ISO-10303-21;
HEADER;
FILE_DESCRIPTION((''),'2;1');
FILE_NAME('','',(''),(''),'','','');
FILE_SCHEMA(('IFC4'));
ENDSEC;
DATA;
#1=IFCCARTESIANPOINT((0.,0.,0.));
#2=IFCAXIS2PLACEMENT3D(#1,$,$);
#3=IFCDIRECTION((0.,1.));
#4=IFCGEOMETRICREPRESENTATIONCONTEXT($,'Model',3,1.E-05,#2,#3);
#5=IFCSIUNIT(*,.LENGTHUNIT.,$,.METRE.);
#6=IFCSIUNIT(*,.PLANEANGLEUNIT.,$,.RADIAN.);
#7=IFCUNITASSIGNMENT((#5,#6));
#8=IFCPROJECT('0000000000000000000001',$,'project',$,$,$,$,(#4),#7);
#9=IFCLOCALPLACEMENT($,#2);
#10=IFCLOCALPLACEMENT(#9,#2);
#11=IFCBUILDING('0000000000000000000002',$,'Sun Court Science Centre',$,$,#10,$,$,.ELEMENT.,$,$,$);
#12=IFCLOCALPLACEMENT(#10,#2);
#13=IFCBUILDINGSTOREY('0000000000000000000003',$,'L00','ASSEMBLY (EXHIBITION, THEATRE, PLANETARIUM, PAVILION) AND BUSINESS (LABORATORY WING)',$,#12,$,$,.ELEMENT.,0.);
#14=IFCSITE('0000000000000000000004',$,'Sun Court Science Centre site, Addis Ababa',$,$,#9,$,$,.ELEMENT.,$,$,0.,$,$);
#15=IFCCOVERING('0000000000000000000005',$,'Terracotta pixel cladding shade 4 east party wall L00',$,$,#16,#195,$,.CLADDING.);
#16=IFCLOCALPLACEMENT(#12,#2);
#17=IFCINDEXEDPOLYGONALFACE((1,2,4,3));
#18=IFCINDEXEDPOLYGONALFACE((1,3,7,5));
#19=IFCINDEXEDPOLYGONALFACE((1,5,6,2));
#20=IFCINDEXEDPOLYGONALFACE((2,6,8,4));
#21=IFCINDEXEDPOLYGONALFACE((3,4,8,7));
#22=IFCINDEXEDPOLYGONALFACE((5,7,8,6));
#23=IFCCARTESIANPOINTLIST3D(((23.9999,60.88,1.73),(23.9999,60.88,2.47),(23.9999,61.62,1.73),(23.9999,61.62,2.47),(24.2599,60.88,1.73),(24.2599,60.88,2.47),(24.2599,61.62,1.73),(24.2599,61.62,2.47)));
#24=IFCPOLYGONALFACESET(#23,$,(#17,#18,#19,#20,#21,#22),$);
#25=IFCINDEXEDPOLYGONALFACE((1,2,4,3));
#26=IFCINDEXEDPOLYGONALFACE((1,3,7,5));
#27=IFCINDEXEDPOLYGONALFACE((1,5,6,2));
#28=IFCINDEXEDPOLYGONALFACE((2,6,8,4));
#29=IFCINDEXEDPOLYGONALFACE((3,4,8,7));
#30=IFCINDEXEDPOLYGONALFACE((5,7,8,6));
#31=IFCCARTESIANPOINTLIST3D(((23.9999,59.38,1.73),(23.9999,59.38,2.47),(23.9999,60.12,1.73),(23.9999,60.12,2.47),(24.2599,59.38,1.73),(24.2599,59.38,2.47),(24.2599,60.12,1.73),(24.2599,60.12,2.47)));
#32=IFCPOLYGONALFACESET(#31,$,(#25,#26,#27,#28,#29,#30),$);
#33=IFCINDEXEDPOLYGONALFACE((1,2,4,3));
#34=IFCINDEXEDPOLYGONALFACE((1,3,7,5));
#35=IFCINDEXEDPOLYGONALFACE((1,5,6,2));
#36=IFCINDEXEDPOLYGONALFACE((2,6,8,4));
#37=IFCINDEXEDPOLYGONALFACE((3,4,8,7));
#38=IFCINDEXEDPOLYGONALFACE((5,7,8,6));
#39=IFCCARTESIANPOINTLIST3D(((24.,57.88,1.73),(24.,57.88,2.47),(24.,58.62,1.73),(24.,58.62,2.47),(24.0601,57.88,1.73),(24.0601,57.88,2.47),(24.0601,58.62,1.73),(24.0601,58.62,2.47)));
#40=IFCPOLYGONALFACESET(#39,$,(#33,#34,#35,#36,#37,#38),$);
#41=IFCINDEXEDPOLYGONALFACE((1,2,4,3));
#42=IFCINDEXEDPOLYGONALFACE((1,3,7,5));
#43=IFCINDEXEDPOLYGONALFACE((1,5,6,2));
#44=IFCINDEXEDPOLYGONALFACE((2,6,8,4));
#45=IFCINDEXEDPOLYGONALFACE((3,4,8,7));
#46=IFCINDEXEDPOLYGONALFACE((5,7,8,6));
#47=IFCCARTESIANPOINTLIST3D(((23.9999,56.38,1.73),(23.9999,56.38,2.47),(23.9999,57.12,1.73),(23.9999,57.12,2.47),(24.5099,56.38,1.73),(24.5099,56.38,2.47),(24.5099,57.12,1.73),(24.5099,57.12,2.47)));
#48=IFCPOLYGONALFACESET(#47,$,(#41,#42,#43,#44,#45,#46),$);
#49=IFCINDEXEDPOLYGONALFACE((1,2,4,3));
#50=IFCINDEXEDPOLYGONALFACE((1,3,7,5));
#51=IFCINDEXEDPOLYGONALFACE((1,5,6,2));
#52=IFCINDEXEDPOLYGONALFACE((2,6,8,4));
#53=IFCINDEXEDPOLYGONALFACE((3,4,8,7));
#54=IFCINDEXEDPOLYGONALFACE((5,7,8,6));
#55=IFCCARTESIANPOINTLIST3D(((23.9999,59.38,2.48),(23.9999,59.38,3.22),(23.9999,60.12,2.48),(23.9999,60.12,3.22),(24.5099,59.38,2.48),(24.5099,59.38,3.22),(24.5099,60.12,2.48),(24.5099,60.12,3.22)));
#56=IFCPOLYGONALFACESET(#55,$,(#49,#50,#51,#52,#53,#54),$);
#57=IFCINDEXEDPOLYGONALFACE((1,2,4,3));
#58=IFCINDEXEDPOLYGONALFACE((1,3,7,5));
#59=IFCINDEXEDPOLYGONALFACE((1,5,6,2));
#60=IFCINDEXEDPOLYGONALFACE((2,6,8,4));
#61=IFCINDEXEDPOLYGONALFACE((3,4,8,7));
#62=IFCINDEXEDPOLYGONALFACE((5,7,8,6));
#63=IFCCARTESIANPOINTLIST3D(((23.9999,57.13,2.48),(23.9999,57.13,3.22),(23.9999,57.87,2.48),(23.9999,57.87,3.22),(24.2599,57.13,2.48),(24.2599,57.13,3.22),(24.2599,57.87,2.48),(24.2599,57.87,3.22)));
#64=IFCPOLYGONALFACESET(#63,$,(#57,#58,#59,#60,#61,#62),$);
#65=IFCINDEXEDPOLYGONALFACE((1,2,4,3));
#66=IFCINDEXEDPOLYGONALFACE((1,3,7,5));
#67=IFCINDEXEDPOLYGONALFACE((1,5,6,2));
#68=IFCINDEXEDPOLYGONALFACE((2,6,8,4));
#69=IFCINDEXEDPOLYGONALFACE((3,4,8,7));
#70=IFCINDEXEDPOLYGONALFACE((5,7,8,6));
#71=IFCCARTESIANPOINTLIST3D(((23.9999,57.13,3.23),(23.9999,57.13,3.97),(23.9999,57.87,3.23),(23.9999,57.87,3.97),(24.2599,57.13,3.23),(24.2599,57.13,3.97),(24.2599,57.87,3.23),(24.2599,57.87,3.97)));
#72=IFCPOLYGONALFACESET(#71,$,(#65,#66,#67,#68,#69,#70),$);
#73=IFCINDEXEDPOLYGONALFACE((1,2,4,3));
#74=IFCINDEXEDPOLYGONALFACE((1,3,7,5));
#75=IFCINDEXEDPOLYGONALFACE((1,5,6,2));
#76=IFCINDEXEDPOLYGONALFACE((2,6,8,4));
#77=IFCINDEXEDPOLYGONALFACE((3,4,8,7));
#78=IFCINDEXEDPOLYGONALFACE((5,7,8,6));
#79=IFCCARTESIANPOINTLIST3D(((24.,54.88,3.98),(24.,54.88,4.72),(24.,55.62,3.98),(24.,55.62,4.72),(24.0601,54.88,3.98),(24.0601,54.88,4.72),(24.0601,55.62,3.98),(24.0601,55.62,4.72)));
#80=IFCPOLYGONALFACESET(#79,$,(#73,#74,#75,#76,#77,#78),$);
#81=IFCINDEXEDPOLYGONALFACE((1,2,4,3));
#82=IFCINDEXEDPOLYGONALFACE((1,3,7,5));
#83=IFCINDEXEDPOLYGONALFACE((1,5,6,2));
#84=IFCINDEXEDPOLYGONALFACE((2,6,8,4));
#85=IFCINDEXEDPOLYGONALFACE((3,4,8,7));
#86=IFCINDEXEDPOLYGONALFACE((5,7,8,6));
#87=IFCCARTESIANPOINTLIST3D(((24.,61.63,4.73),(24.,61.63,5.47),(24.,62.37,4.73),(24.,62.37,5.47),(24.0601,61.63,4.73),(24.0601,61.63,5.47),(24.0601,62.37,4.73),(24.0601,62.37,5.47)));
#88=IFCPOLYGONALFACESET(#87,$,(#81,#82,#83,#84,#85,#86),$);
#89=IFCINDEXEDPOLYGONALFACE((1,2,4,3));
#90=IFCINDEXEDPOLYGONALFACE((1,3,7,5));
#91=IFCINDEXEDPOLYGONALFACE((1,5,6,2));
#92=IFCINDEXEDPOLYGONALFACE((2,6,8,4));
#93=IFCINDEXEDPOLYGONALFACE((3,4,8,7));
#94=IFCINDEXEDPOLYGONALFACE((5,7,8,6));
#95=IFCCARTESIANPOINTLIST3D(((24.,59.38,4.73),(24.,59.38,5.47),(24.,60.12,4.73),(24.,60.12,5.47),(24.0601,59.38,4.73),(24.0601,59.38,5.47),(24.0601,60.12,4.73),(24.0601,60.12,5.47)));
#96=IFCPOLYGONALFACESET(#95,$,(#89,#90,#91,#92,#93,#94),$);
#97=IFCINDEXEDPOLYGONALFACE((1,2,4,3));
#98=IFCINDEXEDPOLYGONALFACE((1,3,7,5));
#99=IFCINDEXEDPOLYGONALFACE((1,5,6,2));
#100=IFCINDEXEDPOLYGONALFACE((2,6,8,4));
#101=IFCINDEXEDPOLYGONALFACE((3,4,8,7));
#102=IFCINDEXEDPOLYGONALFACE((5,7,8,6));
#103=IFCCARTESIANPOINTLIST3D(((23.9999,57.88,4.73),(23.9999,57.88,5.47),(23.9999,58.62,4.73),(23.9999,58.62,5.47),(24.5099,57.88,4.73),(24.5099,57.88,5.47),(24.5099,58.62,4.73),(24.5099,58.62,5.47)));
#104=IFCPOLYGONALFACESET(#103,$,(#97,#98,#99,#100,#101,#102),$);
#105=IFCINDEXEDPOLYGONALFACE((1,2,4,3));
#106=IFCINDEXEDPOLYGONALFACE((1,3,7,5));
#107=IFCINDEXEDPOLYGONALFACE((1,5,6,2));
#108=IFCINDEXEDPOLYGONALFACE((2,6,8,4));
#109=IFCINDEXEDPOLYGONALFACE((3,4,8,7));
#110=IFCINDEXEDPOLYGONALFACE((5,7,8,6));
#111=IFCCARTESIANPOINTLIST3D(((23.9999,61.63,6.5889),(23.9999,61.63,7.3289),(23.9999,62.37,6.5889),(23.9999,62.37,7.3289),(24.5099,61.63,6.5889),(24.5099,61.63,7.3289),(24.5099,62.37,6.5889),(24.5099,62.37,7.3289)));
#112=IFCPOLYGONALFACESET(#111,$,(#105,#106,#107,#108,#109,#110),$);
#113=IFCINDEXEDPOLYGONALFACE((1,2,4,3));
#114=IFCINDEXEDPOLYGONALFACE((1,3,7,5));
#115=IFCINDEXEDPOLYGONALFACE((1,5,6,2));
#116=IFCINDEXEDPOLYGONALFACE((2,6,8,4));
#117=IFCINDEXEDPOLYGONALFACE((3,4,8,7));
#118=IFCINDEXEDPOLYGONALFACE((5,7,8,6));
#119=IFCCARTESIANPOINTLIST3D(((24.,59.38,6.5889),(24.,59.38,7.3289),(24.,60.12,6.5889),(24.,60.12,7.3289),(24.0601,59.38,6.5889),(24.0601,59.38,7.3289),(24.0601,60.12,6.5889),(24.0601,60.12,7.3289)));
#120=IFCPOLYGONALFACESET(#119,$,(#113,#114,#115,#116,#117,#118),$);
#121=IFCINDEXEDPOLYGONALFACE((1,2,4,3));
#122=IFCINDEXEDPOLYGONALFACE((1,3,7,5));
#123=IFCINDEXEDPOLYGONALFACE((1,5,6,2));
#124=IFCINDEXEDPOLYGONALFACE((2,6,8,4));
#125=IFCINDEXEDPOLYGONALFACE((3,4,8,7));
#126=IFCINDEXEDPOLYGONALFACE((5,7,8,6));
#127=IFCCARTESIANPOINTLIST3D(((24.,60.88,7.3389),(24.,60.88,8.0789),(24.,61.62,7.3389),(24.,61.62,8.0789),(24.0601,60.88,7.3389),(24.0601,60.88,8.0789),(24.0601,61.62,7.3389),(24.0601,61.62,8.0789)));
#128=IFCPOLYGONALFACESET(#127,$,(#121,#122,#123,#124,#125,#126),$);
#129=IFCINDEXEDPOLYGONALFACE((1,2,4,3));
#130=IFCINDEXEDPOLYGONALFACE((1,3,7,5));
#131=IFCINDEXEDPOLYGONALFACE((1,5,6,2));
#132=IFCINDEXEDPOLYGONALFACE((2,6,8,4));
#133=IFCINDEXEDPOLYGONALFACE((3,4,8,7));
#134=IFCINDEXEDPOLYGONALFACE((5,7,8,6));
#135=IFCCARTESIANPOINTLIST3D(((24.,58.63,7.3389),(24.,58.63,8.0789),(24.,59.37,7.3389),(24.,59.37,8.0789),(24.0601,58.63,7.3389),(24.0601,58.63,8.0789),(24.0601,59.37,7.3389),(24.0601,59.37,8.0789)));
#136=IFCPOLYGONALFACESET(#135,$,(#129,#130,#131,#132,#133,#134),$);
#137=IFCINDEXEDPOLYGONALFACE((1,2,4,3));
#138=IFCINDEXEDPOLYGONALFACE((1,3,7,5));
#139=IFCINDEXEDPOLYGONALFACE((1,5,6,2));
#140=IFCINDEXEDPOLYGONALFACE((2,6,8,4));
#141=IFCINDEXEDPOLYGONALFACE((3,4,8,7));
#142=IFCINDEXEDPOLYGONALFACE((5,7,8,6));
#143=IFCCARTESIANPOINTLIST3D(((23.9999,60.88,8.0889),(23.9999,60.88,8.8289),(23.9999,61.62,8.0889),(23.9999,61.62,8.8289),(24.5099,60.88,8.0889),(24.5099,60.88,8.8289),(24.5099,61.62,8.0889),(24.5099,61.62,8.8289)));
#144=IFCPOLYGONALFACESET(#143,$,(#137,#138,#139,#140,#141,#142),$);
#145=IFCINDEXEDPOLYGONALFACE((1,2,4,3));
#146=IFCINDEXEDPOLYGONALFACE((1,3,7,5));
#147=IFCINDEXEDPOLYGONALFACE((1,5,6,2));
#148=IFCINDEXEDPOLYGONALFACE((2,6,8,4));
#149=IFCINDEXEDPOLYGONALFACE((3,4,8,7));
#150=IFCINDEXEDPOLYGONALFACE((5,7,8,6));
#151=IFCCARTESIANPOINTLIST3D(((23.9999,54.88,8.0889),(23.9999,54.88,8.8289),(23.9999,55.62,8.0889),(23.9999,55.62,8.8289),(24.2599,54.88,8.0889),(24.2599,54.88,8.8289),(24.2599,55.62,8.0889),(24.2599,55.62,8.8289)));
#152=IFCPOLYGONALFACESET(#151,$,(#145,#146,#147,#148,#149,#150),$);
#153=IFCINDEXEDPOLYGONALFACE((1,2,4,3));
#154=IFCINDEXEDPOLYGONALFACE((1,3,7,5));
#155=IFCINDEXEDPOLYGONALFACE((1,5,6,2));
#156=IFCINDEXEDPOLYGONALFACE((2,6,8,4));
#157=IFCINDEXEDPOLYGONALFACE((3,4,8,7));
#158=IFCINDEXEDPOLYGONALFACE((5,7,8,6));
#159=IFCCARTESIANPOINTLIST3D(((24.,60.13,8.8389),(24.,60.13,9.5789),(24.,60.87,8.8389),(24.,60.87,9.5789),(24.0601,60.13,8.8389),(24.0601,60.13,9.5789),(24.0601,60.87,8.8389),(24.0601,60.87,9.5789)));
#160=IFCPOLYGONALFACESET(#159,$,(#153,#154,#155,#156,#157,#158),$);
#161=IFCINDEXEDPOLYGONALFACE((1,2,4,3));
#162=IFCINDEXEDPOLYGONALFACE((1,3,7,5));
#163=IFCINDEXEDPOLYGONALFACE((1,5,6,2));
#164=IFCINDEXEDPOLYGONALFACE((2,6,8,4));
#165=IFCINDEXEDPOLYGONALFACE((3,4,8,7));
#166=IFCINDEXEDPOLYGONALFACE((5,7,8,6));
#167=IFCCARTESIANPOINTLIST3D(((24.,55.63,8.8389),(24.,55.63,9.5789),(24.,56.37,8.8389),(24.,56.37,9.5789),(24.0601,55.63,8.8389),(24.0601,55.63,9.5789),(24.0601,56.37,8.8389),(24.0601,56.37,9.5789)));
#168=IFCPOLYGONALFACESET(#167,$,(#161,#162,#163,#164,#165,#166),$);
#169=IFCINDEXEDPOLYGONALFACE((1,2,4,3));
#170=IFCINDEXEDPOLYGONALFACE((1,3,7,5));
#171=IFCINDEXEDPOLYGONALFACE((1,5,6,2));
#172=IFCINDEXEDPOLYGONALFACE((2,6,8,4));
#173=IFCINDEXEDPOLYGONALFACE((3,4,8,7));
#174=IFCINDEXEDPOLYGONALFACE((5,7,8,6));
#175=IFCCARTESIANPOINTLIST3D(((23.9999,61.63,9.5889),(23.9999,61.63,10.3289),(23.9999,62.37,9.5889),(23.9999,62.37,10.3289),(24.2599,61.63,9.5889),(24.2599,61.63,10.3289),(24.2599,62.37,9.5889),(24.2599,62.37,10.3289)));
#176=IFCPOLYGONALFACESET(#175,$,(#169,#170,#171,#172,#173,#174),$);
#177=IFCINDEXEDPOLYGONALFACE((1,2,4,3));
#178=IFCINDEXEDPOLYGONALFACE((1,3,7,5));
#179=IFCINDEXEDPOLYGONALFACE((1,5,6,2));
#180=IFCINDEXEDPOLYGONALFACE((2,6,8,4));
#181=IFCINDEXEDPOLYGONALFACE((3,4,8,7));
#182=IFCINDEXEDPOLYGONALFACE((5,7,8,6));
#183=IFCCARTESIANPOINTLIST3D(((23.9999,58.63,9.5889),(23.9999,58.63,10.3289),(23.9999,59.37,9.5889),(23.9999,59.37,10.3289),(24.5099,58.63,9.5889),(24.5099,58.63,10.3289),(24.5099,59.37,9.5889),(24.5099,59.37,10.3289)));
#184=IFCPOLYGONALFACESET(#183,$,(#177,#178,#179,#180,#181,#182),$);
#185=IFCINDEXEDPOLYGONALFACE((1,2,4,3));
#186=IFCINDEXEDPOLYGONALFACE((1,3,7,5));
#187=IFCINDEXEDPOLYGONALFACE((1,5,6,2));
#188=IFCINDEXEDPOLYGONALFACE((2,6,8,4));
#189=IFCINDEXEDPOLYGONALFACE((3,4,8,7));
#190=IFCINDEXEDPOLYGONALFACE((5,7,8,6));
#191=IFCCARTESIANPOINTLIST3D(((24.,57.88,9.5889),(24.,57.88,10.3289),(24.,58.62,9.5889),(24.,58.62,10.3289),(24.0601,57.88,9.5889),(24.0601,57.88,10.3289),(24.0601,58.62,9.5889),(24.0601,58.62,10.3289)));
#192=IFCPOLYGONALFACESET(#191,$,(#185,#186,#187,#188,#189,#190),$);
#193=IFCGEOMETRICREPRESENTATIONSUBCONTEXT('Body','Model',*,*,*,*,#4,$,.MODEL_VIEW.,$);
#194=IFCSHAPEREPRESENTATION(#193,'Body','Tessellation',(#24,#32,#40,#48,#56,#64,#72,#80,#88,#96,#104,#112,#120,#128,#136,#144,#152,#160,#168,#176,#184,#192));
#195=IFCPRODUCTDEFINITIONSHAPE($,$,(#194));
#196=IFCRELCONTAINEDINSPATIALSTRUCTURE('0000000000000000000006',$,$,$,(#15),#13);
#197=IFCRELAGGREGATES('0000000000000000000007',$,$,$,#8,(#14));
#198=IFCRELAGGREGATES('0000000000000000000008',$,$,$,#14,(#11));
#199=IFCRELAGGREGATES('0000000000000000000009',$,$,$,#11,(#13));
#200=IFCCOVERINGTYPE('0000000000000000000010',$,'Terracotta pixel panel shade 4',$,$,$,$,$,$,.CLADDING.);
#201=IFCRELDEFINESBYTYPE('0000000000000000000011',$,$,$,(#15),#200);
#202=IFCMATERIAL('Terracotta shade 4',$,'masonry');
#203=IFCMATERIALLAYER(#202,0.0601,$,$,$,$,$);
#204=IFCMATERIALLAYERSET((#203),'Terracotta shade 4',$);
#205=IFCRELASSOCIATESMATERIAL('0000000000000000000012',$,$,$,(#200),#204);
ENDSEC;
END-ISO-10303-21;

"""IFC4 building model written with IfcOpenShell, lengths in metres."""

from ifc_helpers import new_model, si_unit, direction, frame, origin, origin_2d, place, context, subcontext, project, spatial, rectangle, extrude, material, layer, layer_set, type_object, element, save


model = new_model("IFC4")

# Units and contexts
model_context = context("Model", 3, precision=1e-05, world=origin(), true_north=direction((0.0, 1.0)))
body_context = subcontext(model_context, "Body", "Model", "MODEL_VIEW")
ifc_project = project(units=[si_unit("LENGTHUNIT", "METRE"), si_unit("PLANEANGLEUNIT", "RADIAN")], contexts=[model_context])

# Site, building, storey
site_placement = place(None, origin())
site = spatial("IfcSite", under=ifc_project, at=site_placement, Name="Sun Court Science Centre site, Addis Ababa", CompositionType="ELEMENT", RefElevation=0.0)
building_placement = place(site_placement, origin())
building = spatial("IfcBuilding", under=site, at=building_placement, Name="Sun Court Science Centre", CompositionType="ELEMENT")
storey_placement = place(building_placement, origin())
storey = spatial("IfcBuildingStorey", under=building, at=storey_placement, Name="L00", Description="ASSEMBLY (EXHIBITION, THEATRE, PLANETARIUM, PAVILION) AND BUSINESS (LABORATORY WING)", CompositionType="ELEMENT", Elevation=0.0)

# Covering
ifc_material_1 = material(Name="Terracotta shade 4", Category="masonry")
ifc_layer_1 = layer(ifc_material_1, 0.0601)
ifc_layer_set_1 = layer_set([ifc_layer_1], Name="Terracotta shade 4")
covering_type_1 = type_object("IfcCoveringType", Name="Terracotta pixel panel shade 4", PredefinedType="CLADDING", material=ifc_layer_set_1)
covering_1_placement = place(storey_placement, origin())
element("IfcCovering", 1, at=covering_1_placement, inside=storey, type_object=covering_type_1, Name="Terracotta pixel cladding shade 4 east party wall L00", PredefinedType="CLADDING", context=body_context, shape_type="SweptSolid", body=[
    extrude(rectangle(XDim=0.74, YDim=0.26, at=origin_2d()), frame((24.1299, 61.25, 1.73), z_axis=(0.0, 0.0, 1.0), x_axis=(0.0, -1.0, 0.0)), (0.0, 0.0, 1.0), 0.74),
    extrude(rectangle(XDim=0.74, YDim=0.26, at=origin_2d()), frame((24.1299, 59.75, 1.73), z_axis=(0.0, 0.0, 1.0), x_axis=(0.0, -1.0, 0.0)), (0.0, 0.0, 1.0), 0.74),
    extrude(rectangle(XDim=0.74, YDim=0.0601, at=origin_2d()), frame((24.03, 58.25, 1.73), z_axis=(0.0, 0.0, 1.0), x_axis=(0.0, -1.0, 0.0)), (0.0, 0.0, 1.0), 0.74),
    extrude(rectangle(XDim=0.74, YDim=0.51, at=origin_2d()), frame((24.2549, 56.75, 1.73), z_axis=(0.0, 0.0, 1.0), x_axis=(0.0, -1.0, 0.0)), (0.0, 0.0, 1.0), 0.74),
    extrude(rectangle(XDim=0.74, YDim=0.51, at=origin_2d()), frame((24.2549, 59.75, 2.48), z_axis=(0.0, 0.0, 1.0), x_axis=(0.0, -1.0, 0.0)), (0.0, 0.0, 1.0), 0.74),
    extrude(rectangle(XDim=0.74, YDim=0.26, at=origin_2d()), frame((24.1299, 57.5, 2.48), z_axis=(0.0, 0.0, 1.0), x_axis=(0.0, -1.0, 0.0)), (0.0, 0.0, 1.0), 0.74),
    extrude(rectangle(XDim=0.74, YDim=0.26, at=origin_2d()), frame((24.1299, 57.5, 3.23), z_axis=(0.0, 0.0, 1.0), x_axis=(0.0, -1.0, 0.0)), (0.0, 0.0, 1.0), 0.74),
    extrude(rectangle(XDim=0.74, YDim=0.0601, at=origin_2d()), frame((24.03, 55.25, 3.98), z_axis=(0.0, 0.0, 1.0), x_axis=(0.0, -1.0, 0.0)), (0.0, 0.0, 1.0), 0.74),
    extrude(rectangle(XDim=0.74, YDim=0.0601, at=origin_2d()), frame((24.03, 62.0, 4.73), z_axis=(0.0, 0.0, 1.0), x_axis=(0.0, -1.0, 0.0)), (0.0, 0.0, 1.0), 0.74),
    extrude(rectangle(XDim=0.74, YDim=0.0601, at=origin_2d()), frame((24.03, 59.75, 4.73), z_axis=(0.0, 0.0, 1.0), x_axis=(0.0, -1.0, 0.0)), (0.0, 0.0, 1.0), 0.74),
    extrude(rectangle(XDim=0.74, YDim=0.51, at=origin_2d()), frame((24.2549, 58.25, 4.73), z_axis=(0.0, 0.0, 1.0), x_axis=(0.0, -1.0, 0.0)), (0.0, 0.0, 1.0), 0.74),
    extrude(rectangle(XDim=0.74, YDim=0.51, at=origin_2d()), frame((24.2549, 62.0, 6.5889), z_axis=(0.0, 0.0, 1.0), x_axis=(0.0, -1.0, 0.0)), (0.0, 0.0, 1.0), 0.74),
    extrude(rectangle(XDim=0.74, YDim=0.0601, at=origin_2d()), frame((24.03, 59.75, 6.5889), z_axis=(0.0, 0.0, 1.0), x_axis=(0.0, -1.0, 0.0)), (0.0, 0.0, 1.0), 0.74),
    extrude(rectangle(XDim=0.74, YDim=0.0601, at=origin_2d()), frame((24.03, 61.25, 7.3389), z_axis=(0.0, 0.0, 1.0), x_axis=(0.0, -1.0, 0.0)), (0.0, 0.0, 1.0), 0.74),
    extrude(rectangle(XDim=0.74, YDim=0.0601, at=origin_2d()), frame((24.03, 59.0, 7.3389), z_axis=(0.0, 0.0, 1.0), x_axis=(0.0, -1.0, 0.0)), (0.0, 0.0, 1.0), 0.74),
    extrude(rectangle(XDim=0.74, YDim=0.51, at=origin_2d()), frame((24.2549, 61.25, 8.0889), z_axis=(0.0, 0.0, 1.0), x_axis=(0.0, -1.0, 0.0)), (0.0, 0.0, 1.0), 0.74),
    extrude(rectangle(XDim=0.74, YDim=0.26, at=origin_2d()), frame((24.1299, 55.25, 8.0889), z_axis=(0.0, 0.0, 1.0), x_axis=(0.0, -1.0, 0.0)), (0.0, 0.0, 1.0), 0.74),
    extrude(rectangle(XDim=0.74, YDim=0.0601, at=origin_2d()), frame((24.03, 60.5, 8.8389), z_axis=(0.0, 0.0, 1.0), x_axis=(0.0, -1.0, 0.0)), (0.0, 0.0, 1.0), 0.74),
    extrude(rectangle(XDim=0.74, YDim=0.0601, at=origin_2d()), frame((24.03, 56.0, 8.8389), z_axis=(0.0, 0.0, 1.0), x_axis=(0.0, -1.0, 0.0)), (0.0, 0.0, 1.0), 0.74),
    extrude(rectangle(XDim=0.74, YDim=0.26, at=origin_2d()), frame((24.1299, 62.0, 9.5889), z_axis=(0.0, 0.0, 1.0), x_axis=(0.0, -1.0, 0.0)), (0.0, 0.0, 1.0), 0.74),
    extrude(rectangle(XDim=0.74, YDim=0.51, at=origin_2d()), frame((24.2549, 59.0, 9.5889), z_axis=(0.0, 0.0, 1.0), x_axis=(0.0, -1.0, 0.0)), (0.0, 0.0, 1.0), 0.74),
    extrude(rectangle(XDim=0.74, YDim=0.0601, at=origin_2d()), frame((24.03, 58.25, 9.5889), z_axis=(0.0, 0.0, 1.0), x_axis=(0.0, -1.0, 0.0)), (0.0, 0.0, 1.0), 0.74),
])

save(model, "model.ifc")
